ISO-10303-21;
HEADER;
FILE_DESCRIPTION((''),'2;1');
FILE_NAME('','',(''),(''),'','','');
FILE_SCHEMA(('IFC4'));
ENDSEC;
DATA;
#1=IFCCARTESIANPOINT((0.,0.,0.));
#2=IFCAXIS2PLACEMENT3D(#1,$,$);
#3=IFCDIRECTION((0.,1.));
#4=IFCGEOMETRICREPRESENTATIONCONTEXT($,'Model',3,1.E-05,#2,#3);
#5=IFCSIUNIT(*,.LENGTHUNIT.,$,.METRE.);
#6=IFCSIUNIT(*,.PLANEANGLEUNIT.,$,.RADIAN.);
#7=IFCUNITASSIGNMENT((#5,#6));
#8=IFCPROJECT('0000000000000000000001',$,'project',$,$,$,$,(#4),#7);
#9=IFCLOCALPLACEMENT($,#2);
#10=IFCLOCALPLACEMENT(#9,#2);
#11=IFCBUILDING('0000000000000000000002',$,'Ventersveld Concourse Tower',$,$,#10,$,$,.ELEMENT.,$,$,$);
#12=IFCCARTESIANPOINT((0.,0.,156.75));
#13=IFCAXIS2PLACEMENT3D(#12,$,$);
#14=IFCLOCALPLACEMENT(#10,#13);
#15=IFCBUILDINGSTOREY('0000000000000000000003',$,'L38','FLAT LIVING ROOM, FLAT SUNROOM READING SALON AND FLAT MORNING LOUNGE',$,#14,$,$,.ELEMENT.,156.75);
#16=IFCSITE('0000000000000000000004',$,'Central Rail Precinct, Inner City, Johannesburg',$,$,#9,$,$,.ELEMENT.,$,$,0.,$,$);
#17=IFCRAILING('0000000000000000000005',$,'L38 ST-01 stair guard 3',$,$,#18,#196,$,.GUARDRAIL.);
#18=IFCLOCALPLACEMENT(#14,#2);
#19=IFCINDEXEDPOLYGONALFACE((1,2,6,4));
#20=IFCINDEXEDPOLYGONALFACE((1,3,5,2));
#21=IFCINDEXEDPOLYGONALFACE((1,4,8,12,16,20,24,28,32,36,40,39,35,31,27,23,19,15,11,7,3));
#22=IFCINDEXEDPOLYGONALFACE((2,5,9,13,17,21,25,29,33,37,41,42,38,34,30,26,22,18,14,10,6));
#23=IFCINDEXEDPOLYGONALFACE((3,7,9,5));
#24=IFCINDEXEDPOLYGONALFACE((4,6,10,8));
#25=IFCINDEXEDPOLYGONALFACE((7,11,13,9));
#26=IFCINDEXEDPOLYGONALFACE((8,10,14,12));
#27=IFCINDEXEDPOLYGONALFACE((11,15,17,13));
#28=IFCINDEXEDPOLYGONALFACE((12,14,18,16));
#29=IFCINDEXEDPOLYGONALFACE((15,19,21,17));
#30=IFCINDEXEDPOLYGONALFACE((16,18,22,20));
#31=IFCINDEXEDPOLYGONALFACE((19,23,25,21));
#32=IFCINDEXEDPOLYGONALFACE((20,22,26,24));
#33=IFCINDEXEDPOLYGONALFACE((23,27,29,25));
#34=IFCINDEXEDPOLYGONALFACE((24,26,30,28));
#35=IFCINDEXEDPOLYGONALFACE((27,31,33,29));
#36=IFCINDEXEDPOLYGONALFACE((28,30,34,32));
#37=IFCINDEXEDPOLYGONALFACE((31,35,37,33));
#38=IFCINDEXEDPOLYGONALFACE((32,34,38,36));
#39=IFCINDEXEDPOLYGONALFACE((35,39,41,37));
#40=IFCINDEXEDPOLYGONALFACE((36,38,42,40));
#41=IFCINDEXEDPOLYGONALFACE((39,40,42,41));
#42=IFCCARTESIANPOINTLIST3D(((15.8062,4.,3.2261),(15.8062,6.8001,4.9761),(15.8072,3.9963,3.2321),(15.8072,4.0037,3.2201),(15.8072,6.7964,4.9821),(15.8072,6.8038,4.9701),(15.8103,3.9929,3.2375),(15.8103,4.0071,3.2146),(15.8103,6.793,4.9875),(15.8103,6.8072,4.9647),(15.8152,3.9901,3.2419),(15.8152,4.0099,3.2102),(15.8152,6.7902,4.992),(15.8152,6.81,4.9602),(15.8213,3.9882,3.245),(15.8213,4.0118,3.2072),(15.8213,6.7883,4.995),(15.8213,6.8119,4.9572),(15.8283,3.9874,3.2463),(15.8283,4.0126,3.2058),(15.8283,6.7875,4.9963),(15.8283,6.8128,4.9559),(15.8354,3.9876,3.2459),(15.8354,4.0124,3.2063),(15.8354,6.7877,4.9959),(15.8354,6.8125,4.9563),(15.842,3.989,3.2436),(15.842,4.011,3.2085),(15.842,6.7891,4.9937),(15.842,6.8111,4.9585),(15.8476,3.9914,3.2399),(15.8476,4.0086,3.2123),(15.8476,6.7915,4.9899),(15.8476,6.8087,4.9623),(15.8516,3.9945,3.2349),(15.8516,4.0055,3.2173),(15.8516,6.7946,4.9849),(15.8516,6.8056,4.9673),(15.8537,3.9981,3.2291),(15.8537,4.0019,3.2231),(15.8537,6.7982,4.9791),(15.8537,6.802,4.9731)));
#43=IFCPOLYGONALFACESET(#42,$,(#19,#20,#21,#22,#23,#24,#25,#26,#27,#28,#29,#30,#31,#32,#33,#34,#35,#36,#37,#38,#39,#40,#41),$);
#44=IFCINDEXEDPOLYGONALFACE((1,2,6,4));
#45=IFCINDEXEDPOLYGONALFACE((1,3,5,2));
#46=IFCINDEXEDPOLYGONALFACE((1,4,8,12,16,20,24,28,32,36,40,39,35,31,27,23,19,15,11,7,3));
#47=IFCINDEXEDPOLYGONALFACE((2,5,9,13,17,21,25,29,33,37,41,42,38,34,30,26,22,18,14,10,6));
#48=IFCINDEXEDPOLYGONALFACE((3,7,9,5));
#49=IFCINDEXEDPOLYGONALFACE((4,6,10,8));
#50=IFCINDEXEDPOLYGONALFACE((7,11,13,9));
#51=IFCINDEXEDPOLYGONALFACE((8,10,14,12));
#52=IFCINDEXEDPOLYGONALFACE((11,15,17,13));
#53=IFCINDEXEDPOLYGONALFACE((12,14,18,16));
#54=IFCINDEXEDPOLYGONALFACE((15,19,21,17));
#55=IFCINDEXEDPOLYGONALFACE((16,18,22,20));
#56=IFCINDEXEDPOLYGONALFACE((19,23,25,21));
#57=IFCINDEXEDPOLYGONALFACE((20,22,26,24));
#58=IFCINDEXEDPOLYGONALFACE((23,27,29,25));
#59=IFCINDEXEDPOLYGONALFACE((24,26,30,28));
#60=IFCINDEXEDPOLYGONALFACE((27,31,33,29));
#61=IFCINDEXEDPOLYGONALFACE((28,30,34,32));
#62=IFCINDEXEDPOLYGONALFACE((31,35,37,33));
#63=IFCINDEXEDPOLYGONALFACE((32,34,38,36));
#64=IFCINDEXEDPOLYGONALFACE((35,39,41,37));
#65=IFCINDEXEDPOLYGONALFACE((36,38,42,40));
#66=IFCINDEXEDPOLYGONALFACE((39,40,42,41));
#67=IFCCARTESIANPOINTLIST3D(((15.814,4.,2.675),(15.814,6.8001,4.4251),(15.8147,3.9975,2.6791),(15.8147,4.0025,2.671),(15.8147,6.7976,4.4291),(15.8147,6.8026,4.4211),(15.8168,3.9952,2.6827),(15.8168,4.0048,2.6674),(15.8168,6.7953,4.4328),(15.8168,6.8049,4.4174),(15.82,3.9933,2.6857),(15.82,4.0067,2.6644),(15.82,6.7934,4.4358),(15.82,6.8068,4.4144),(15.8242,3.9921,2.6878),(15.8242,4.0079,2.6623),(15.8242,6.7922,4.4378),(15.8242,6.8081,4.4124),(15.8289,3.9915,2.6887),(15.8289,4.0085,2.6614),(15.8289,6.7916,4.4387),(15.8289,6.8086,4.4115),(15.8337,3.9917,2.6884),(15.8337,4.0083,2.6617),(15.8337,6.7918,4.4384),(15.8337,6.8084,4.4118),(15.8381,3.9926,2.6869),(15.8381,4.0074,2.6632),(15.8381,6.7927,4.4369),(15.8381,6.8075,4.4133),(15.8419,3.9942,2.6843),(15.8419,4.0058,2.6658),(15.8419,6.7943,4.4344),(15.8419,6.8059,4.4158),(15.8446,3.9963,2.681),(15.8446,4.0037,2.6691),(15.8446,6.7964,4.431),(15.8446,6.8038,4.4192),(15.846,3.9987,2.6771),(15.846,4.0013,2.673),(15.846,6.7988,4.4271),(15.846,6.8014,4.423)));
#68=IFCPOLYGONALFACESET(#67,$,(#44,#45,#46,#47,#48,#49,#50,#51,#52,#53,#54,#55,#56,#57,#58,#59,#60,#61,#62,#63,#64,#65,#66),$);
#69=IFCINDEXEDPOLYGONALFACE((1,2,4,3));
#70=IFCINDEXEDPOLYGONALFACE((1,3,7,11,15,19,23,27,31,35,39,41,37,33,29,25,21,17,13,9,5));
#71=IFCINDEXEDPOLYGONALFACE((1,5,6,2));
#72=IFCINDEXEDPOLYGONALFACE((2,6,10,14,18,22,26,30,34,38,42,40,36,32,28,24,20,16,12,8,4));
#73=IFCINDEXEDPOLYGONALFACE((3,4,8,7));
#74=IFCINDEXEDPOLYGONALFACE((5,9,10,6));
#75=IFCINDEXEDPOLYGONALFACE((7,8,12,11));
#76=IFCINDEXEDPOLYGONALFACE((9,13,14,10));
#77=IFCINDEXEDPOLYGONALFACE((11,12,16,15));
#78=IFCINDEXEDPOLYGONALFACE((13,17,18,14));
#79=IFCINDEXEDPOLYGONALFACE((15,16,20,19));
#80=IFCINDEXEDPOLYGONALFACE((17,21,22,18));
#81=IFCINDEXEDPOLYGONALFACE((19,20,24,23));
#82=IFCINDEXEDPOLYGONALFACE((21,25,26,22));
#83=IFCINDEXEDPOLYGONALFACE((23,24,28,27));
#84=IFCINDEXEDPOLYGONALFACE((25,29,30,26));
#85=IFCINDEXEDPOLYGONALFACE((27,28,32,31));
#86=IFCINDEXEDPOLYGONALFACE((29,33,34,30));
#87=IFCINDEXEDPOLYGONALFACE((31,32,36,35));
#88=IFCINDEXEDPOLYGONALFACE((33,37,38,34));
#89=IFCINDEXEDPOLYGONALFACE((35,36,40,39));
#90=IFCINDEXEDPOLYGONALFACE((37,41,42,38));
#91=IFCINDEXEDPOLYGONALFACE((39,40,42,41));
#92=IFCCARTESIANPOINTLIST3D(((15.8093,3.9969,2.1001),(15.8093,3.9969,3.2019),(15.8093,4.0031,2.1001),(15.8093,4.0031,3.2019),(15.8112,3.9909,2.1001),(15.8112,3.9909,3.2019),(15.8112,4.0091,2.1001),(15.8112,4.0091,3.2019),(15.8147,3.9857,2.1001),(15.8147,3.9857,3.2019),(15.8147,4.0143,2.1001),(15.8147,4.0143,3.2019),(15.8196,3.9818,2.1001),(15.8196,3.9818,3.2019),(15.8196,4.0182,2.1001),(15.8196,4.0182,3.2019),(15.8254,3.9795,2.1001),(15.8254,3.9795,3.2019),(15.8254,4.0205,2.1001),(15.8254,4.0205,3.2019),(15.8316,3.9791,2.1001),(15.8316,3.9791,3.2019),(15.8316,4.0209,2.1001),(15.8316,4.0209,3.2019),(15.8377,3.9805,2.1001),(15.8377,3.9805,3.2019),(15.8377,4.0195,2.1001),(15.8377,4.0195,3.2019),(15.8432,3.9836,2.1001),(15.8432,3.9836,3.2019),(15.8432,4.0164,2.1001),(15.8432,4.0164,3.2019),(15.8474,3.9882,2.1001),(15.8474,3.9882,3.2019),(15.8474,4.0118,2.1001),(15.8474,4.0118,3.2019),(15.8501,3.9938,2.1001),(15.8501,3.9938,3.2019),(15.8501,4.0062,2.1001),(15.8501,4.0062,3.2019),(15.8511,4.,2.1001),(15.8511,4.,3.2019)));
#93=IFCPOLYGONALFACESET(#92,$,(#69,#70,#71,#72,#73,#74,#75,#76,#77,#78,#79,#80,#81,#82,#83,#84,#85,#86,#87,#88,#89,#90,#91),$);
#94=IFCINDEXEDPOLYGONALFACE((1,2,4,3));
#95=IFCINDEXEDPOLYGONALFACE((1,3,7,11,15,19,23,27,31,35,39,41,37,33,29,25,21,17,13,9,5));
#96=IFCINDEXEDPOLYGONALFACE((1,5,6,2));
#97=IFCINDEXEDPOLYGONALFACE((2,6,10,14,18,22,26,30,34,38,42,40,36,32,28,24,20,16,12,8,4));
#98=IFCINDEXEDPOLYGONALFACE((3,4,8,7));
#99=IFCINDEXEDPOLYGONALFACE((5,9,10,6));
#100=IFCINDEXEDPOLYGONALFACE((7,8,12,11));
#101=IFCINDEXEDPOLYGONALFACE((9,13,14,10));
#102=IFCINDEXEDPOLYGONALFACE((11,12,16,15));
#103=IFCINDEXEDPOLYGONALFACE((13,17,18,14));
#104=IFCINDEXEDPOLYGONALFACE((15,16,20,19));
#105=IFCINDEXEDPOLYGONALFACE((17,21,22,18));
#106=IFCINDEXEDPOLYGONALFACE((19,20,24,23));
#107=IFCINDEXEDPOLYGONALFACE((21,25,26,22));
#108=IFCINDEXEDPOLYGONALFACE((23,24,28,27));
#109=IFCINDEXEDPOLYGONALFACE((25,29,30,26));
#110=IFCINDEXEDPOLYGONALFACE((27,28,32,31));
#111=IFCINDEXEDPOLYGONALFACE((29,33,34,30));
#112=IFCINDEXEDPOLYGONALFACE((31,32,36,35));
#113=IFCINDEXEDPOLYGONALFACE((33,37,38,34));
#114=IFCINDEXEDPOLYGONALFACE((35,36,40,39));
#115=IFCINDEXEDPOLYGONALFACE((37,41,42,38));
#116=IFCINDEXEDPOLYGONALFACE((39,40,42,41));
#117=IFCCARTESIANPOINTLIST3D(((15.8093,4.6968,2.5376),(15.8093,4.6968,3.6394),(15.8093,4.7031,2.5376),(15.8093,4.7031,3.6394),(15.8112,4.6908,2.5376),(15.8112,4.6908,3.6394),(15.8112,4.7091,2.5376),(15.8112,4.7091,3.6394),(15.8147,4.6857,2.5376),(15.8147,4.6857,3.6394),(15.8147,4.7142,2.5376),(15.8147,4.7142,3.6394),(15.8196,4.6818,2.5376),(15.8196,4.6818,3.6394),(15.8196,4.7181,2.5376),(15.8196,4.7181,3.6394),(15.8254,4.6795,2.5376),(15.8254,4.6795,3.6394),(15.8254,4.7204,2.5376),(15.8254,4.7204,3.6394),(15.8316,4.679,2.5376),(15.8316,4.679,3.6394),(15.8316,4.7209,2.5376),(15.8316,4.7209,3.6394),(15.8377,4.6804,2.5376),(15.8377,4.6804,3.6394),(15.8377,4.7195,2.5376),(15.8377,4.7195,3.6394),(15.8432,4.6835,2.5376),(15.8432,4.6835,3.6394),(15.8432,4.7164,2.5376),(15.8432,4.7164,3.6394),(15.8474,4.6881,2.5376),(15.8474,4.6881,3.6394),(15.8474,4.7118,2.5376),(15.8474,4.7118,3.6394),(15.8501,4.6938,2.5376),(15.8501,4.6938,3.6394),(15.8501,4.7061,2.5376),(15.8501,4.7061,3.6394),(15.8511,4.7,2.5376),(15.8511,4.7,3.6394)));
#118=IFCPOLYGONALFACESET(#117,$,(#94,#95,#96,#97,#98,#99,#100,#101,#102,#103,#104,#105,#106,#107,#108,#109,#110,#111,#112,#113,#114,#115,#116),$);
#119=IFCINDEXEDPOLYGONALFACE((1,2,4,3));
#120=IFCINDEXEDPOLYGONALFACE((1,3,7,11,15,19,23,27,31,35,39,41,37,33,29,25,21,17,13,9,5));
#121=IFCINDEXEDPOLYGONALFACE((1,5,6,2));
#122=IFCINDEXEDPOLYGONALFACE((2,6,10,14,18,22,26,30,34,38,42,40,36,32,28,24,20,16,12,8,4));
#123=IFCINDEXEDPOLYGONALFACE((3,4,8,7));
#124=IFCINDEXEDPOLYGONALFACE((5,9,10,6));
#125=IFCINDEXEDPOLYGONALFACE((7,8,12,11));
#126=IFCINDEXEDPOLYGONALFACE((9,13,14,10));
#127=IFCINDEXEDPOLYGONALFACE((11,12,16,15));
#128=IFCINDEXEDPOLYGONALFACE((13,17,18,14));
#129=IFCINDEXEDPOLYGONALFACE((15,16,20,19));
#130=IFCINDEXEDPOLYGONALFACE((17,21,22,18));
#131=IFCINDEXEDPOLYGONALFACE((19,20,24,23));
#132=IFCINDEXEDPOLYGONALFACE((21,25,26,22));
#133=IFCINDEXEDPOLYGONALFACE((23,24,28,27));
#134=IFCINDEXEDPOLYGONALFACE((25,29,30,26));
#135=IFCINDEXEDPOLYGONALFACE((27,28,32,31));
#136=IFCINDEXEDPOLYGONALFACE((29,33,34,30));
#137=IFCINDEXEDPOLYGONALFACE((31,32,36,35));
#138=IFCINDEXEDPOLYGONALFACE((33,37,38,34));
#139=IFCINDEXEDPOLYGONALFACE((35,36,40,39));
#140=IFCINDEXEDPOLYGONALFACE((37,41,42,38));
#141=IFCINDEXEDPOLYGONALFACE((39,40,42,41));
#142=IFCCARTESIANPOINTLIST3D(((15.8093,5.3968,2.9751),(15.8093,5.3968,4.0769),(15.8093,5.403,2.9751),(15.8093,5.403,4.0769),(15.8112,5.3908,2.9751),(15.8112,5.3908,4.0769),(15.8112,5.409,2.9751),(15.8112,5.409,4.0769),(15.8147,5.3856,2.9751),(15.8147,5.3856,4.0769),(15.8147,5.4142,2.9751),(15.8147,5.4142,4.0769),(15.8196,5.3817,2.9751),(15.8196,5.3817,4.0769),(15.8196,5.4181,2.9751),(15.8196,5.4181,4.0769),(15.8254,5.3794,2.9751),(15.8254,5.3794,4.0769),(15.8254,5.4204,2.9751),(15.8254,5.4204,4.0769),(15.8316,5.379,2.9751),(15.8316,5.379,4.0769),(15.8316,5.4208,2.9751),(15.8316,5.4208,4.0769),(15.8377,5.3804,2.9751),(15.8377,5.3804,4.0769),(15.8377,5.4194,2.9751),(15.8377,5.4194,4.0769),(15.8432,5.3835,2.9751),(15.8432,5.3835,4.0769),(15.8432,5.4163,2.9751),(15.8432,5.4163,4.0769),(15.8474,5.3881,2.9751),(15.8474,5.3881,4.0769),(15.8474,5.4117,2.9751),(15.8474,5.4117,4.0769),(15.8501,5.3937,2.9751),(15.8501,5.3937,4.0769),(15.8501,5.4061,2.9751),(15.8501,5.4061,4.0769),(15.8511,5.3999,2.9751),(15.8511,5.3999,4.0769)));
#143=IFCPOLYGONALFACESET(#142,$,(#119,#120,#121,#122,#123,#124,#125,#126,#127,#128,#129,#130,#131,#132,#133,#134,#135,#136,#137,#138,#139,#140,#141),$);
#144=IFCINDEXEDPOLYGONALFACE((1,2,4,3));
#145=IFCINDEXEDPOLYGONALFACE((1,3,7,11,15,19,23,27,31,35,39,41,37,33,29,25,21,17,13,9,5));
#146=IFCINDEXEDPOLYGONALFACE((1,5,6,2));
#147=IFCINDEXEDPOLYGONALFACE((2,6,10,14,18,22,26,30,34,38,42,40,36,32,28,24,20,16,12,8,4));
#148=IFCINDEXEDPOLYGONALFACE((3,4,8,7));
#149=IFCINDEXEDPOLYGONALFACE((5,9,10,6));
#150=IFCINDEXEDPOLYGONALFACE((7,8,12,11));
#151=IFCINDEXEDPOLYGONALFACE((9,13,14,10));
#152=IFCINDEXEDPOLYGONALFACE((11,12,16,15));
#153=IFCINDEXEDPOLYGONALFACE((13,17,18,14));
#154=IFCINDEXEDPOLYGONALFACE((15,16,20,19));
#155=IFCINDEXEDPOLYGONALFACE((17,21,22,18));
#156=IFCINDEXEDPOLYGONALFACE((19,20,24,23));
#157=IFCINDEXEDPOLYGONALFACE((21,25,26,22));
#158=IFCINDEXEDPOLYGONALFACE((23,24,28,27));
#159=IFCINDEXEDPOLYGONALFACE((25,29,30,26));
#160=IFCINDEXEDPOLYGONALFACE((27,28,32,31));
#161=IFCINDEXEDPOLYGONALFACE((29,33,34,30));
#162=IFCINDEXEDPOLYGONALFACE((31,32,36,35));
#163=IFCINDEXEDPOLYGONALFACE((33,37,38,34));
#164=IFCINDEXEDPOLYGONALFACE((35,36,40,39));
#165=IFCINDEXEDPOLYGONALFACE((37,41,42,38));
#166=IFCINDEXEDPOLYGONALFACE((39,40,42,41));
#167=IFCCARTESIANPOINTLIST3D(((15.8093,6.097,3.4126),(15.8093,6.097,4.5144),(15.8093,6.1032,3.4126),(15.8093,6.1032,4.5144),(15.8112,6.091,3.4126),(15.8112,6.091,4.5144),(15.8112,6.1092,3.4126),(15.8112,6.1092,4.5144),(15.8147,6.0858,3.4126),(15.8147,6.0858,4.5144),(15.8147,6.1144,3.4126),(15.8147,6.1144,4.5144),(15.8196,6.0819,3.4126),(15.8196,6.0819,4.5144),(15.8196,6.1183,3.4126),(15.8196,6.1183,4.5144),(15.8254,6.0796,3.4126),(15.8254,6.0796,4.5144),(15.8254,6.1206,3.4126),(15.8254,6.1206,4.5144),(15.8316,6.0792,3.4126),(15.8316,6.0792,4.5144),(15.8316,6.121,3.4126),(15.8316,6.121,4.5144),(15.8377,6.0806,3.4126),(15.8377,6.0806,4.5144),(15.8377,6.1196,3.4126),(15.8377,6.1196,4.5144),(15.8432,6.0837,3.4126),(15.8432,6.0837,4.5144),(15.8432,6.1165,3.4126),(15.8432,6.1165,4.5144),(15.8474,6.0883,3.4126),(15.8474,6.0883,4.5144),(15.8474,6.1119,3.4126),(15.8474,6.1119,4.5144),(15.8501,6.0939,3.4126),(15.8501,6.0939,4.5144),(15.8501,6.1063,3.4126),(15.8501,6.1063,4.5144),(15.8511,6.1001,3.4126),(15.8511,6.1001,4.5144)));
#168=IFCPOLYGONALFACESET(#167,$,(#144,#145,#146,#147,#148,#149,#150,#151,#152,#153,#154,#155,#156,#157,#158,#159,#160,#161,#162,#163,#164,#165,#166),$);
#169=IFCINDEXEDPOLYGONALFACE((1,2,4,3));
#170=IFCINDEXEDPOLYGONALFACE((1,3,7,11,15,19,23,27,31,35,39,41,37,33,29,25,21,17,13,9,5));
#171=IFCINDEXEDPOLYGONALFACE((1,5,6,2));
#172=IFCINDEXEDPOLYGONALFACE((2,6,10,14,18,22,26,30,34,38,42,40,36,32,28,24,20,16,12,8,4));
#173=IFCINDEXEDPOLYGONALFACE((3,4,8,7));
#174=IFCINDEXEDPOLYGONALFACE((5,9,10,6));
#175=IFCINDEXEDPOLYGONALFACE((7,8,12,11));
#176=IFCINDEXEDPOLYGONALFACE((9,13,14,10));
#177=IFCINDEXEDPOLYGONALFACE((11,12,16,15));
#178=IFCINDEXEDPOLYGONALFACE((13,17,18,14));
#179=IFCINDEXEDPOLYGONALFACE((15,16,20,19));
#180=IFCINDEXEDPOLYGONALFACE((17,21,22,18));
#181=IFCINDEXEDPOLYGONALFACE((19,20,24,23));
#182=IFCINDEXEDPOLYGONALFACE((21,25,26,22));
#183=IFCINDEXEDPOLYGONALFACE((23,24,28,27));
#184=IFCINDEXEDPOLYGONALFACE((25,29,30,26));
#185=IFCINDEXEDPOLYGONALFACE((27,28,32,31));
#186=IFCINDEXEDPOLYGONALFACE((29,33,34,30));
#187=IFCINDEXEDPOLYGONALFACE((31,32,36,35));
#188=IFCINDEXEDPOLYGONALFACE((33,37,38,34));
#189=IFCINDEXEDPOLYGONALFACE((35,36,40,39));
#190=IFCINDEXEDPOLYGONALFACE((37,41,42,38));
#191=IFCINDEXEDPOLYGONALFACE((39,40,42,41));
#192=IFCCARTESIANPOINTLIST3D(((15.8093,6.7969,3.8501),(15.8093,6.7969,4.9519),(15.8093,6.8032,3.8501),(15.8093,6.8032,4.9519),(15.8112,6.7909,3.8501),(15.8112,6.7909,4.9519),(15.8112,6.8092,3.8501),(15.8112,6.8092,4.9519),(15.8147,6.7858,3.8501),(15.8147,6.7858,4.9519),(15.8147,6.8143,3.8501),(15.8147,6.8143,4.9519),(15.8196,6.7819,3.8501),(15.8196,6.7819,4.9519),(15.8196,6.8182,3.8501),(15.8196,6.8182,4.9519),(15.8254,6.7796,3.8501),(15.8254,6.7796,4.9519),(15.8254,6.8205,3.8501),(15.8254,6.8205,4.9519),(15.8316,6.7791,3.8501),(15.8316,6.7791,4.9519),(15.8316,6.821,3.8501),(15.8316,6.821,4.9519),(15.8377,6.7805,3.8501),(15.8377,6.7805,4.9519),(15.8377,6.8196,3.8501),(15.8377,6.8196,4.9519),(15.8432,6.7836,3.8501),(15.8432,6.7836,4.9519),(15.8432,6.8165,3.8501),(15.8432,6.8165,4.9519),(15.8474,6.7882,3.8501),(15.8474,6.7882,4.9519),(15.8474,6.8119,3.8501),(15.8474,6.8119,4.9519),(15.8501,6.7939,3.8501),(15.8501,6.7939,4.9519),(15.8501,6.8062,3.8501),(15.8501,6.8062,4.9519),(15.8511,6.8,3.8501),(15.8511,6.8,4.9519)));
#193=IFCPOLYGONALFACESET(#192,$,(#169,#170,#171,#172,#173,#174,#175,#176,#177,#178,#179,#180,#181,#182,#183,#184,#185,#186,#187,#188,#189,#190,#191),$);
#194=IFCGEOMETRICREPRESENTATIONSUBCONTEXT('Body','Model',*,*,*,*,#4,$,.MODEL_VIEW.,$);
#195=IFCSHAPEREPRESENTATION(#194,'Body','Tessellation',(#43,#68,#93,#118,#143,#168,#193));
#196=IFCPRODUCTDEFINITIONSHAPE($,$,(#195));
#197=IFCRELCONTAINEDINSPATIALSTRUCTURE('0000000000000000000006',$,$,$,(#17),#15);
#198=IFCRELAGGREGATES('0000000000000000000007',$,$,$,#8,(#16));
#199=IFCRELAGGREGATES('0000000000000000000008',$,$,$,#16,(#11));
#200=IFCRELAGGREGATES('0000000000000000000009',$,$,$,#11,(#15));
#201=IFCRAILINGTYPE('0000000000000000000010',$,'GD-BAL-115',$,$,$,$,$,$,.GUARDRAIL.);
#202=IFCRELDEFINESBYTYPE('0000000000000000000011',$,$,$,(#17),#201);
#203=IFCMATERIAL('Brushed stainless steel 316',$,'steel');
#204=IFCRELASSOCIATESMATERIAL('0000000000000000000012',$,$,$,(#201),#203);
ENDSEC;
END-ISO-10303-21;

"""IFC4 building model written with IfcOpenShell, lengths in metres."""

from ifc_helpers import new_model, si_unit, direction, frame, origin, origin_2d, place, context, subcontext, project, spatial, circle, extrude, material, type_object, element, save


model = new_model("IFC4")

# Units and contexts
model_context = context("Model", 3, precision=1e-05, world=origin(), true_north=direction((0.0, 1.0)))
body_context = subcontext(model_context, "Body", "Model", "MODEL_VIEW")
ifc_project = project(units=[si_unit("LENGTHUNIT", "METRE"), si_unit("PLANEANGLEUNIT", "RADIAN")], contexts=[model_context])

# Site, building, storey
site_placement = place(None, origin())
site = spatial("IfcSite", under=ifc_project, at=site_placement, Name="Central Rail Precinct, Inner City, Johannesburg", CompositionType="ELEMENT", RefElevation=0.0)
building_placement = place(site_placement, origin())
building = spatial("IfcBuilding", under=site, at=building_placement, Name="Ventersveld Concourse Tower", CompositionType="ELEMENT")
storey_placement = place(building_placement, frame((0.0, 0.0, 156.75)))
storey = spatial("IfcBuildingStorey", under=building, at=storey_placement, Name="L38", Description="FLAT LIVING ROOM, FLAT SUNROOM READING SALON AND FLAT MORNING LOUNGE", CompositionType="ELEMENT", Elevation=156.75)

# Shared definitions
ifc_material_1 = material(Name="Brushed stainless steel 316", Category="steel")

# Railing
railing_type_1 = type_object("IfcRailingType", Name="GD-BAL-115", PredefinedType="GUARDRAIL", material=ifc_material_1)
railing_1_placement = place(storey_placement, frame((15.8301, 4.0, 2.1001)))
element("IfcRailing", 1, at=railing_1_placement, inside=storey, type_object=railing_type_1, Name="L38 ST-01 stair guard 3", PredefinedType="GUARDRAIL", context=body_context, shape_type="SweptSolid", body=[
    extrude(circle(Radius=0.0239, at=origin_2d()), frame((0.0, 0.0, 1.126), z_axis=(0.0, 0.848002, 0.529992), x_axis=(-1.0, 0.0, 0.0)), (0.0, 0.0, 1.0), 3.302),
    extrude(circle(Radius=0.0161, at=origin_2d()), frame((0.0, 0.0, 0.575), z_axis=(0.0, 0.848002, 0.529992), x_axis=(-1.0, 0.0, 0.0)), (0.0, 0.0, 1.0), 3.302),
    extrude(circle(Radius=0.021, at=origin_2d()), origin(), (0.0, 0.0, 1.0), 1.1018),
    extrude(circle(Radius=0.021, at=origin_2d()), frame((0.0, 0.7, 0.4375)), (0.0, 0.0, 1.0), 1.1018),
    extrude(circle(Radius=0.021, at=origin_2d()), frame((0.0, 1.3999, 0.875)), (0.0, 0.0, 1.0), 1.1018),
    extrude(circle(Radius=0.021, at=origin_2d()), frame((0.0, 2.1001, 1.3125)), (0.0, 0.0, 1.0), 1.1018),
    extrude(circle(Radius=0.021, at=origin_2d()), frame((0.0, 2.8, 1.75)), (0.0, 0.0, 1.0), 1.1018),
])

save(model, "model.ifc")
